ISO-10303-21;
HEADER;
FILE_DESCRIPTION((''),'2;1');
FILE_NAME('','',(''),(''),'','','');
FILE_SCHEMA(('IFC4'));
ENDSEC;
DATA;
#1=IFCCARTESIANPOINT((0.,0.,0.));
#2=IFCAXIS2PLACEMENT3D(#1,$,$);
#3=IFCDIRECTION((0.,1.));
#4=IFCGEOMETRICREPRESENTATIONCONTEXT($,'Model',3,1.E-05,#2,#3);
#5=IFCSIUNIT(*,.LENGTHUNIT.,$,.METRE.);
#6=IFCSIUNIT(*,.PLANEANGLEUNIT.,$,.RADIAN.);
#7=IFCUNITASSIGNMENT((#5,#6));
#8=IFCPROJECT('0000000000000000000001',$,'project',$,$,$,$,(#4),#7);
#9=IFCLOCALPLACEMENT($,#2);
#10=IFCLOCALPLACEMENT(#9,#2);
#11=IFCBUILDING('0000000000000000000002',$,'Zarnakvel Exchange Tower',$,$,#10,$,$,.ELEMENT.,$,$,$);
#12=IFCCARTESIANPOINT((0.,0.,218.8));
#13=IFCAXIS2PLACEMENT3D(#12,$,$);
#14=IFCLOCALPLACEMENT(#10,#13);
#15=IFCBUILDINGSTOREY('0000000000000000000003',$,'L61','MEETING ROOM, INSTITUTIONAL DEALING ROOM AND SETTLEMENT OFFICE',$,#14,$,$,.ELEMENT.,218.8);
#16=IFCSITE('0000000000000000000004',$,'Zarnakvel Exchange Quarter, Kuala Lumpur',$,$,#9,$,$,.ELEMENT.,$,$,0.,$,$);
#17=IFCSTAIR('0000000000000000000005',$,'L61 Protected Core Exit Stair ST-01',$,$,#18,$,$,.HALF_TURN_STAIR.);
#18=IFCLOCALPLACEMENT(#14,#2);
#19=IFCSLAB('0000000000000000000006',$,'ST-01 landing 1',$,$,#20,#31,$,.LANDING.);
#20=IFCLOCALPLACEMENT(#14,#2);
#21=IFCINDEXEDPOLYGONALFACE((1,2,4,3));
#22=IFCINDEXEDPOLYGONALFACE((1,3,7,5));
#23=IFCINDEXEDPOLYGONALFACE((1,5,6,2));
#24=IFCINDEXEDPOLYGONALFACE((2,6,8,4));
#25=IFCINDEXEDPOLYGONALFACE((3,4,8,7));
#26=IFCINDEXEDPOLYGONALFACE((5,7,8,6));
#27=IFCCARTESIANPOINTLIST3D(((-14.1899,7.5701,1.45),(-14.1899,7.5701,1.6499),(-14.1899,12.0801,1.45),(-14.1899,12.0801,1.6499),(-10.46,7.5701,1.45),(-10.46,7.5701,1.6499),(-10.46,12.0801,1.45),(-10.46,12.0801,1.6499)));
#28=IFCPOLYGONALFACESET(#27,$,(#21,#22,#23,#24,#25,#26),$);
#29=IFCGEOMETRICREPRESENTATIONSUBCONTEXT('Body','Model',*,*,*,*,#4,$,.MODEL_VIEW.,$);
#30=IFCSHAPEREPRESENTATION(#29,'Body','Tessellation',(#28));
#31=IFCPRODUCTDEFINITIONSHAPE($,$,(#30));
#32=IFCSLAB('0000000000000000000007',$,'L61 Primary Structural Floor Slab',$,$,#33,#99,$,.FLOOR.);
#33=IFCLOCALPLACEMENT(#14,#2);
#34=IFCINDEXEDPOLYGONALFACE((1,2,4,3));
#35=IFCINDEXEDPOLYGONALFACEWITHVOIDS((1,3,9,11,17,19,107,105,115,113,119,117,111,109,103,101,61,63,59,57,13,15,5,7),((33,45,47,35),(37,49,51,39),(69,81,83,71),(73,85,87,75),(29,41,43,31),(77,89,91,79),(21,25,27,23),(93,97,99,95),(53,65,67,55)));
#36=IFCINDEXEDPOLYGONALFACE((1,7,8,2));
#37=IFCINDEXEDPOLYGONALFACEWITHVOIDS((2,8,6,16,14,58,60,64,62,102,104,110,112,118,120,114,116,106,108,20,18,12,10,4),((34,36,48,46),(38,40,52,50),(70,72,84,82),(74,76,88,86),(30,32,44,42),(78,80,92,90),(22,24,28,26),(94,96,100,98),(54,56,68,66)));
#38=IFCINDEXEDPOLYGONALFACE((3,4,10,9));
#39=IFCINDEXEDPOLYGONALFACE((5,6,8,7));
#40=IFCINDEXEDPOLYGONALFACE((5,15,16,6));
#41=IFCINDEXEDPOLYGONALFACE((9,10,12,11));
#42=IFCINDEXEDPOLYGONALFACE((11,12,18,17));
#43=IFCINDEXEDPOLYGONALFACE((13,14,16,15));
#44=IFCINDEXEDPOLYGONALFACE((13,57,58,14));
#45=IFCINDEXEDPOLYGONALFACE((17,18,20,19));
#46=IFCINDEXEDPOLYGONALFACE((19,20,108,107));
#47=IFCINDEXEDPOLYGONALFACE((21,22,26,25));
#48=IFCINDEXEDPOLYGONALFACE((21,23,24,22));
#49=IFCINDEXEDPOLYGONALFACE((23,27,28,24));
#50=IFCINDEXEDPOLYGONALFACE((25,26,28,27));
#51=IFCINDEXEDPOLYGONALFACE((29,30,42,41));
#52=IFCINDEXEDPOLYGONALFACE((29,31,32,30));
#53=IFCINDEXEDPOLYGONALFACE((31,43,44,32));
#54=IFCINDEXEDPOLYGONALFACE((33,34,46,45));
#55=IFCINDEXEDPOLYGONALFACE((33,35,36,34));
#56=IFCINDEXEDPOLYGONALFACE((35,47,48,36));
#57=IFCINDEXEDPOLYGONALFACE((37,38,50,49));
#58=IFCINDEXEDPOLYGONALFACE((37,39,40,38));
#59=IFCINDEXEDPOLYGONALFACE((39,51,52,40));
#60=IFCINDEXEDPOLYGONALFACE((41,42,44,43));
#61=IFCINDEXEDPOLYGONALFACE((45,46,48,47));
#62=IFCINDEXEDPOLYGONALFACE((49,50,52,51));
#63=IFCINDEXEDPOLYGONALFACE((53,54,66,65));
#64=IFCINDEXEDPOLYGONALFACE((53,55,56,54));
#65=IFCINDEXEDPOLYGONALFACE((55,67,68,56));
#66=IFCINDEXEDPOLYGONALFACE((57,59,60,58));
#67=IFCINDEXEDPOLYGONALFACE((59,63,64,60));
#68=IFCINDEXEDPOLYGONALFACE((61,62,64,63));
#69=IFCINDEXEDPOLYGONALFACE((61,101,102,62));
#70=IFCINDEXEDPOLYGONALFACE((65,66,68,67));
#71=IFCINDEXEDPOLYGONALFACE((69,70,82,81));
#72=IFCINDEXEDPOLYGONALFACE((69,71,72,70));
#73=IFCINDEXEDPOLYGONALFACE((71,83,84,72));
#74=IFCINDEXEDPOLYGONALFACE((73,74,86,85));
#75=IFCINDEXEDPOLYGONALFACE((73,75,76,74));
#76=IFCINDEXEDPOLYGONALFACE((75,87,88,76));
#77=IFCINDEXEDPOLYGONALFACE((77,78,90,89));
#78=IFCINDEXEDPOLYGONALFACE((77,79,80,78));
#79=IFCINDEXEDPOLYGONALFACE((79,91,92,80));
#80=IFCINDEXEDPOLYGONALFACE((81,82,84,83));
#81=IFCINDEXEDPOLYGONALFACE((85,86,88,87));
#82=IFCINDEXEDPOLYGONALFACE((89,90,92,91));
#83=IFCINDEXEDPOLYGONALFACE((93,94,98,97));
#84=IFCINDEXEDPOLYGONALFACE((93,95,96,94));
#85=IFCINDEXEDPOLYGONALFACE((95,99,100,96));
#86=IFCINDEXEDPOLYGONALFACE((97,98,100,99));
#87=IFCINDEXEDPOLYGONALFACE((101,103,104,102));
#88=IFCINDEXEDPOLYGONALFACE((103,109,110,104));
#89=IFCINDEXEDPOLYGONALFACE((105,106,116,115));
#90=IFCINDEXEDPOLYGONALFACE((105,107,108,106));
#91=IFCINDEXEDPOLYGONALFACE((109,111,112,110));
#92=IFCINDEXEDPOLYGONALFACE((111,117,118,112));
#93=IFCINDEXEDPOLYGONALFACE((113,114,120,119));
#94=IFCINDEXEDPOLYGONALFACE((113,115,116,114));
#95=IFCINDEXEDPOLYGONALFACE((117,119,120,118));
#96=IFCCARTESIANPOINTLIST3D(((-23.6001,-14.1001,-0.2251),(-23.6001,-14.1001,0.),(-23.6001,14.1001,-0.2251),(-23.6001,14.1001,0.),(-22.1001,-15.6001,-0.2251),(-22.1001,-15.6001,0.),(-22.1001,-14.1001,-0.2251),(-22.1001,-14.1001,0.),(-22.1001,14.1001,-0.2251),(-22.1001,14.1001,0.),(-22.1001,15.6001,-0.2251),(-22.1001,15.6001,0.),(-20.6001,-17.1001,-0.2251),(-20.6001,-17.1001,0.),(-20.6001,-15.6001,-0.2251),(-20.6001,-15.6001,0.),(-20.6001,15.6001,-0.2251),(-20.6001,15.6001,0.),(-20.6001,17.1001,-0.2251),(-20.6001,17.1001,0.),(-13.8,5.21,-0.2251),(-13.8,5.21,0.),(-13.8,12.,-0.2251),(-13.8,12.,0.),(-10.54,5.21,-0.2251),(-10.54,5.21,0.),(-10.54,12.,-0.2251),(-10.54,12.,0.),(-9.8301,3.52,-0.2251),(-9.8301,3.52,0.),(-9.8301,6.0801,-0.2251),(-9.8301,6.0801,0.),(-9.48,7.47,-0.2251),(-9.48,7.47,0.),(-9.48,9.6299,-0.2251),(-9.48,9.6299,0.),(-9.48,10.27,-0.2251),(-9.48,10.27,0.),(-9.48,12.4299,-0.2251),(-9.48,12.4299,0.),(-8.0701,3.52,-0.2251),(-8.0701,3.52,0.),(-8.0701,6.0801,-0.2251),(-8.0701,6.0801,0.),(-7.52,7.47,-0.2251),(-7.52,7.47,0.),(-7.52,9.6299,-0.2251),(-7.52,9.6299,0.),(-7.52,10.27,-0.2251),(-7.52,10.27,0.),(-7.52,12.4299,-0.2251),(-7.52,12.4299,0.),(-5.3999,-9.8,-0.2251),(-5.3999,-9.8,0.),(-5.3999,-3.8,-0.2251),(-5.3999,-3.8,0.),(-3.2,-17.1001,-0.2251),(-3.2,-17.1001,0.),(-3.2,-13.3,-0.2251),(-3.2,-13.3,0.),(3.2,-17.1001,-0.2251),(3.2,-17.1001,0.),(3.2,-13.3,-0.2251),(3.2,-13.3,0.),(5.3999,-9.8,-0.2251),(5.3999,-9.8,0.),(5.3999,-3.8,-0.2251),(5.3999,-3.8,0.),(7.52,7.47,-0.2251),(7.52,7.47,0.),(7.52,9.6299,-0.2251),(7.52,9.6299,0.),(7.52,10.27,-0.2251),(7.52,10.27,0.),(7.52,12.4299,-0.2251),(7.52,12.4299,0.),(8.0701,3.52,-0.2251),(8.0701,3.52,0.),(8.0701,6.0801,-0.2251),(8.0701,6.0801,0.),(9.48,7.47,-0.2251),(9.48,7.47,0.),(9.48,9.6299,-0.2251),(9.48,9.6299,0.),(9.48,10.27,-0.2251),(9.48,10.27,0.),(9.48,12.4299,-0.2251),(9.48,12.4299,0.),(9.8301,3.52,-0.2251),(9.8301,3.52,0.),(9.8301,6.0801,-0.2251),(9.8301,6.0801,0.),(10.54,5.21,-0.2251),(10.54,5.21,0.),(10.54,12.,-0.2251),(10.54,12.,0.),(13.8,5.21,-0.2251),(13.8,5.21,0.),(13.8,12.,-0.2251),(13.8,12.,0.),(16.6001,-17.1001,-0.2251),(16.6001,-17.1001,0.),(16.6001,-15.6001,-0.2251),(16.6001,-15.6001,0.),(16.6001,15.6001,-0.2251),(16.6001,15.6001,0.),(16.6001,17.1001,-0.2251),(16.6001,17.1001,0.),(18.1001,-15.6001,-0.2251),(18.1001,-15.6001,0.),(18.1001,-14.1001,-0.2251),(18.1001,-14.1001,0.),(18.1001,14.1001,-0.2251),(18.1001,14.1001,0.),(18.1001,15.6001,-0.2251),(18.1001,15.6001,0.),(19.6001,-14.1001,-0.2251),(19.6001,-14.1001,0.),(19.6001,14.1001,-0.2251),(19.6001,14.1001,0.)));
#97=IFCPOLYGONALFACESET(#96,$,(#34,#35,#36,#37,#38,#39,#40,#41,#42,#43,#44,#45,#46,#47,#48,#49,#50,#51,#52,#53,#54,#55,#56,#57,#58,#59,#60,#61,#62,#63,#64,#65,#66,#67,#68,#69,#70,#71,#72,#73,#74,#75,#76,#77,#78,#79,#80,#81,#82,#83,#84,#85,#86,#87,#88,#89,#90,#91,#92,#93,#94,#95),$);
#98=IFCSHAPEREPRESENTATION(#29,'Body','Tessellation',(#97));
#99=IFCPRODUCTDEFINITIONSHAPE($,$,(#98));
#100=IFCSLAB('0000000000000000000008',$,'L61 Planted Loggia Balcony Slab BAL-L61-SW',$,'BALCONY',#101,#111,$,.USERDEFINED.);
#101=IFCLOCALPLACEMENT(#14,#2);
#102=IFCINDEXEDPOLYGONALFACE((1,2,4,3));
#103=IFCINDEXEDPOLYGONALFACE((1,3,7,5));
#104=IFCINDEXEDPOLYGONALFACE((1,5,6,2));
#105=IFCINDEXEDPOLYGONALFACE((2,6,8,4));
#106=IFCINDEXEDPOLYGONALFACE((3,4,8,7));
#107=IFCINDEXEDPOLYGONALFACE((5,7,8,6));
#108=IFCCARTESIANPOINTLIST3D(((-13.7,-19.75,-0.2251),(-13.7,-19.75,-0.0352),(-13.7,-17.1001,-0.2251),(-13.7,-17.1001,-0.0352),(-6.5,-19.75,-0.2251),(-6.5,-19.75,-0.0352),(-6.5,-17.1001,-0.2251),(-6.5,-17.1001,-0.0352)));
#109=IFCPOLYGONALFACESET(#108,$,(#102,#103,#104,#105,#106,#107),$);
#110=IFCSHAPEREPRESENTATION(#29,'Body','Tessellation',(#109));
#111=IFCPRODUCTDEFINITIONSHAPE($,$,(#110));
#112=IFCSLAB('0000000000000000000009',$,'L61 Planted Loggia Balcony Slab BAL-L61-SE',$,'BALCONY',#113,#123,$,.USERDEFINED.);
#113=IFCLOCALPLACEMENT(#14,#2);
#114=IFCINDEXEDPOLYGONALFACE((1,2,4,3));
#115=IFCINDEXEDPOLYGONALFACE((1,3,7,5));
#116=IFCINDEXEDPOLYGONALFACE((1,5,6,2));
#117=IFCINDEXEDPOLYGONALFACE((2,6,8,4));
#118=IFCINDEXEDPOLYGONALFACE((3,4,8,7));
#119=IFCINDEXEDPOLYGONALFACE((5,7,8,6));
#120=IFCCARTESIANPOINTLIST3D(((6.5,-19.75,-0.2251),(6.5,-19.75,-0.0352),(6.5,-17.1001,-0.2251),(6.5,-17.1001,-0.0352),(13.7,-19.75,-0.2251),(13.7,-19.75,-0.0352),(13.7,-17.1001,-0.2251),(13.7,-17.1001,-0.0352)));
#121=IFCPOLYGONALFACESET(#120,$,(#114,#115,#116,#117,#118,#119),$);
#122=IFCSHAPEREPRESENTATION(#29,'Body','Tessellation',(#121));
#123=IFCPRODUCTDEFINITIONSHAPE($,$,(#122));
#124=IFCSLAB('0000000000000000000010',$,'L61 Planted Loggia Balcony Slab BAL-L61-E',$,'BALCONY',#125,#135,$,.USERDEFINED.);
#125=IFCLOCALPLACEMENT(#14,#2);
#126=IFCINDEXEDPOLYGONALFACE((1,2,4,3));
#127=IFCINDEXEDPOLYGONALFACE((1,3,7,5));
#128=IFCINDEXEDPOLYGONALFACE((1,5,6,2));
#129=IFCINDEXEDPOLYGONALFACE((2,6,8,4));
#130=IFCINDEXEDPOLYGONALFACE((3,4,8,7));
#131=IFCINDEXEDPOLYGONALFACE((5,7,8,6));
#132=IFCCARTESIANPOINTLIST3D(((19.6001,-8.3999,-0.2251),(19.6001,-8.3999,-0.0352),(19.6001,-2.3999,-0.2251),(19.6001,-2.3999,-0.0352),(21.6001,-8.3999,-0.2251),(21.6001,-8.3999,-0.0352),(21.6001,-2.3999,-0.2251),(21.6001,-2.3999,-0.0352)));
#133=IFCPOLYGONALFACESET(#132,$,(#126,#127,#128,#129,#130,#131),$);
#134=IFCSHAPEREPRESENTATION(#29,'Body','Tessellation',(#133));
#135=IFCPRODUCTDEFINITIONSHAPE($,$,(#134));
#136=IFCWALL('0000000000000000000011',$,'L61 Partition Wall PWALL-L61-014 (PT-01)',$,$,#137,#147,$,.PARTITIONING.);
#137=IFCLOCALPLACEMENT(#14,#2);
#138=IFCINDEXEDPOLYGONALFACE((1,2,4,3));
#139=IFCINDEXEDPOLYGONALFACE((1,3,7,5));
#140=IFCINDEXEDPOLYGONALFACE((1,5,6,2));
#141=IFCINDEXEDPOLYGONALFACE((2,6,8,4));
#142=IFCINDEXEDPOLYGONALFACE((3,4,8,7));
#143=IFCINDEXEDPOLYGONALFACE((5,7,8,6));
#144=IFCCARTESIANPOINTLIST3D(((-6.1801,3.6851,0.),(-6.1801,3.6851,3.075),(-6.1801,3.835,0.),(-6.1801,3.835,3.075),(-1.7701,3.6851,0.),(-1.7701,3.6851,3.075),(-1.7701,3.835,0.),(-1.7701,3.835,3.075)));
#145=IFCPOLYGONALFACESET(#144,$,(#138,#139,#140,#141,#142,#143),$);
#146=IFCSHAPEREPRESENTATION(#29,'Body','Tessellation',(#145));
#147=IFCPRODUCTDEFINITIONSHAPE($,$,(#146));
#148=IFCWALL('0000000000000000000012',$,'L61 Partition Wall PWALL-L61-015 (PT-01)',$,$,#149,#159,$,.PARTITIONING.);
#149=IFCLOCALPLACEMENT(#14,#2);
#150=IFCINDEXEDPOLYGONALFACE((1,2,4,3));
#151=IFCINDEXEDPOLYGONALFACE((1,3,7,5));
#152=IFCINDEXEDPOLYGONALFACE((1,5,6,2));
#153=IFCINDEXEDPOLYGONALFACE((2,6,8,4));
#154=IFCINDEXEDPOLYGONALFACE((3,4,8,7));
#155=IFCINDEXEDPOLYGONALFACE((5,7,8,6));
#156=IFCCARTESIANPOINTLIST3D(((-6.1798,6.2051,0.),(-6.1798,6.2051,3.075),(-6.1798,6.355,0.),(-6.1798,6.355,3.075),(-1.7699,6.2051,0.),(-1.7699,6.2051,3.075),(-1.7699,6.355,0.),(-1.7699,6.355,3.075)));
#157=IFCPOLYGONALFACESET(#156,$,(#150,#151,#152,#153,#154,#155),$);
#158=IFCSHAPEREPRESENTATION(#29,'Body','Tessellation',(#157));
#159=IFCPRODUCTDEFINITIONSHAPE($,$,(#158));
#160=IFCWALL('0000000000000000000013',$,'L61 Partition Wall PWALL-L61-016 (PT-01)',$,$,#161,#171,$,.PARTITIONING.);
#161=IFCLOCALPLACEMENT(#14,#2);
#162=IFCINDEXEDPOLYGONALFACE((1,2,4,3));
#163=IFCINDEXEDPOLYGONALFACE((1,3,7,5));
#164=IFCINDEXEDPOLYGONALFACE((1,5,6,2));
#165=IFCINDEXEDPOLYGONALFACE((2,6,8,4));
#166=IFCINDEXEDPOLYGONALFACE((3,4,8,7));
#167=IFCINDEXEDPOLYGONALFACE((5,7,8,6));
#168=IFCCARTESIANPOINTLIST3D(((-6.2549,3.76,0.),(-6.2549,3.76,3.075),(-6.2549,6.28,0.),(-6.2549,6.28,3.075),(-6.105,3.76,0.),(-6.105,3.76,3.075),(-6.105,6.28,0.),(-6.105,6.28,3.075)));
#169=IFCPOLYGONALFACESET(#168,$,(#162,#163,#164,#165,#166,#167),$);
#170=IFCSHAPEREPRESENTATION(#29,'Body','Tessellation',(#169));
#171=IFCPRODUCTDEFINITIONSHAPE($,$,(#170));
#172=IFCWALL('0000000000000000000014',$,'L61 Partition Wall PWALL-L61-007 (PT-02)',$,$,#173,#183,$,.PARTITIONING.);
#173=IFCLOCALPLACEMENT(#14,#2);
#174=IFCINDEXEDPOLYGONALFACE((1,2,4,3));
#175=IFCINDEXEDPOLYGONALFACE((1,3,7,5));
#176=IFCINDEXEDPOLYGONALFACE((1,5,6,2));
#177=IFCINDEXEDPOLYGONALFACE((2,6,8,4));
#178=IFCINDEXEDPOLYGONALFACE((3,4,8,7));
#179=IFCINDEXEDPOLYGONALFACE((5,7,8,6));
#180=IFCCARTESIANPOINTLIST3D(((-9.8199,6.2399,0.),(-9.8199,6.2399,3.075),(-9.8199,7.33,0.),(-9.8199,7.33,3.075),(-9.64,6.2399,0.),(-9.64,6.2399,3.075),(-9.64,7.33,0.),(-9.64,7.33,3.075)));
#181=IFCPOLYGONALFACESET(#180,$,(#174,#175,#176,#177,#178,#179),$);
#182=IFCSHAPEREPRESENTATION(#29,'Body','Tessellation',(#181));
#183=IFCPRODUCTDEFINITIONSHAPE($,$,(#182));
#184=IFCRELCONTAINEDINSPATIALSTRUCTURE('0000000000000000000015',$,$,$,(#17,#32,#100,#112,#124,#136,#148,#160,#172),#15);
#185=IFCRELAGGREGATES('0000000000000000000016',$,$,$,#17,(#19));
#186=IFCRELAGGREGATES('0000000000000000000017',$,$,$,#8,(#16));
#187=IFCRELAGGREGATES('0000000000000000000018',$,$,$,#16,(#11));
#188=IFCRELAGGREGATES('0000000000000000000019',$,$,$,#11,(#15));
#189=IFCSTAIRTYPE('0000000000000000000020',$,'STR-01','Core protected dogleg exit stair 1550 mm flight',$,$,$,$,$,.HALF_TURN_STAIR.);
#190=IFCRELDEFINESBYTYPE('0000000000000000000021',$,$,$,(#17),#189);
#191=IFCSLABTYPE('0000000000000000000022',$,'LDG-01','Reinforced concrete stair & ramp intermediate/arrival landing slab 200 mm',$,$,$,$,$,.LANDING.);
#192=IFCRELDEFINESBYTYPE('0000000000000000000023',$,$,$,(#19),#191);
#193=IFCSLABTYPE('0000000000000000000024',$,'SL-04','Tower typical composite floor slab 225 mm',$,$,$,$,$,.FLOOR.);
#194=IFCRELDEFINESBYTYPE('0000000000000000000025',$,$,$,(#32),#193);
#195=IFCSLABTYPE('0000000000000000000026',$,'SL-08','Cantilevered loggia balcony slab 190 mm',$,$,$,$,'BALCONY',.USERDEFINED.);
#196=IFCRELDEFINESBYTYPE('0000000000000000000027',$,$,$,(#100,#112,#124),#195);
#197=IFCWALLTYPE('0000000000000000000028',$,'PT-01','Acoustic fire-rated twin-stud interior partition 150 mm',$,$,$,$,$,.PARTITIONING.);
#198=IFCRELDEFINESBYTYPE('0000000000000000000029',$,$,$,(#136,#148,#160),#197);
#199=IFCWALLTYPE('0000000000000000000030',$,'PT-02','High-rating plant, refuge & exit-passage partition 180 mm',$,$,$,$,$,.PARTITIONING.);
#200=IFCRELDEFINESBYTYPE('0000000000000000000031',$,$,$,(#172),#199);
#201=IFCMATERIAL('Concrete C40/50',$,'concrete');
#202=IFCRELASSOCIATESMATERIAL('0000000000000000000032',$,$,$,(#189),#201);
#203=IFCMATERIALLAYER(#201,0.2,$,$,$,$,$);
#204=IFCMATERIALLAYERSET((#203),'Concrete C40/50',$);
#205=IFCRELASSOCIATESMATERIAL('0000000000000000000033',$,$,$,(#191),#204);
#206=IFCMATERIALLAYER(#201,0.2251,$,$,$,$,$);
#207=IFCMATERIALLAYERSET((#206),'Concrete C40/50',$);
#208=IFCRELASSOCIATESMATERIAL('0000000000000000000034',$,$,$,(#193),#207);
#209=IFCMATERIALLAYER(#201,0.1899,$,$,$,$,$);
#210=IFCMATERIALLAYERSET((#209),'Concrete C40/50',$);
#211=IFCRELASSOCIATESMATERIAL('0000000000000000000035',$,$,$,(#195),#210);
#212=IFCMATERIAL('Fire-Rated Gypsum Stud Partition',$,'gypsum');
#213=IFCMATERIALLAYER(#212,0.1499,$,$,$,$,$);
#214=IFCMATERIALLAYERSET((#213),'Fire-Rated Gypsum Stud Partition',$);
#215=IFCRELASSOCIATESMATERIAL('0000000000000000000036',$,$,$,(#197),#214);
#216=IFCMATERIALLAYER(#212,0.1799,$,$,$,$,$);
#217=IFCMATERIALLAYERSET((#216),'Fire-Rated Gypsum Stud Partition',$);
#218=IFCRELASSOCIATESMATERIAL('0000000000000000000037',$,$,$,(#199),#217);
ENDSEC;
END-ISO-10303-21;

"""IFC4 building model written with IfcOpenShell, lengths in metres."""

from ifc_helpers import new_model, si_unit, direction, frame, frame_2d, origin, place, context, subcontext, project, spatial, polyline, rectangle, outline, extrude, material, layer, layer_set, type_object, element, aggregate, save


model = new_model("IFC4")

# Units and contexts
model_context = context("Model", 3, precision=1e-05, world=origin(), true_north=direction((0.0, 1.0)))
body_context = subcontext(model_context, "Body", "Model", "MODEL_VIEW")
ifc_project = project(units=[si_unit("LENGTHUNIT", "METRE"), si_unit("PLANEANGLEUNIT", "RADIAN")], contexts=[model_context])

# Site, building, storey
site_placement = place(None, origin())
site = spatial("IfcSite", under=ifc_project, at=site_placement, Name="Zarnakvel Exchange Quarter, Kuala Lumpur", CompositionType="ELEMENT", RefElevation=0.0)
building_placement = place(site_placement, origin())
building = spatial("IfcBuilding", under=site, at=building_placement, Name="Zarnakvel Exchange Tower", CompositionType="ELEMENT")
storey_placement = place(building_placement, frame((0.0, 0.0, 218.8)))
storey = spatial("IfcBuildingStorey", under=building, at=storey_placement, Name="L61", Description="MEETING ROOM, INSTITUTIONAL DEALING ROOM AND SETTLEMENT OFFICE", CompositionType="ELEMENT", Elevation=218.8)

# Stair, slab
ifc_material_1 = material(Name="Concrete C40/50", Category="concrete")
stair_type = type_object("IfcStairType", Name="STR-01", Description="Core protected dogleg exit stair 1550 mm flight", PredefinedType="HALF_TURN_STAIR", material=ifc_material_1)
stair_placement = place(storey_placement, origin())
stair = element("IfcStair", 1, at=stair_placement, inside=storey, type_object=stair_type, Name="L61 Protected Core Exit Stair ST-01", PredefinedType="HALF_TURN_STAIR")
ifc_layer_1 = layer(ifc_material_1, 0.2)
ifc_layer_set_1 = layer_set([ifc_layer_1], Name="Concrete C40/50")
slab_type_1 = type_object("IfcSlabType", Name="LDG-01", Description="Reinforced concrete stair & ramp intermediate/arrival landing slab 200 mm", PredefinedType="LANDING", material=ifc_layer_set_1)
slab_1_placement = place(storey_placement, frame((0.0, 0.0, 1.45)))
slab_1 = element("IfcSlab", 2, at=slab_1_placement, type_object=slab_type_1, Name="ST-01 landing 1", PredefinedType="LANDING", context=body_context, shape_type="SweptSolid", body=[
    extrude(outline(polyline([(-14.1899, 7.5701), (-10.46, 7.5701), (-10.46, 12.0801), (-14.1899, 12.0801), (-14.1899, 7.5701)])), origin(), (0.0, 0.0, 1.0), 0.2),
])

# Slabs
ifc_layer_2 = layer(ifc_material_1, 0.2251)
ifc_layer_set_2 = layer_set([ifc_layer_2], Name="Concrete C40/50")
slab_type_2 = type_object("IfcSlabType", Name="SL-04", Description="Tower typical composite floor slab 225 mm", PredefinedType="FLOOR", material=ifc_layer_set_2)
slab_2_placement = place(storey_placement, frame((0.0, 0.0, -0.2251)))
element("IfcSlab", 3, at=slab_2_placement, inside=storey, type_object=slab_type_2, Name="L61 Primary Structural Floor Slab", PredefinedType="FLOOR", context=body_context, shape_type="SweptSolid", body=[
    extrude(outline(polyline([(-23.6001, -14.1001), (-22.1001, -14.1001), (-22.1001, -15.6001), (-20.6001, -15.6001), (-20.6001, -17.1001), (-3.2, -17.1001), (-3.2, -13.3), (3.2, -13.3), (3.2, -17.1001), (16.6001, -17.1001), (16.6001, -15.6001), (18.1001, -15.6001), (18.1001, -14.1001), (19.6001, -14.1001), (19.6001, 14.1001), (18.1001, 14.1001), (18.1001, 15.6001), (16.6001, 15.6001), (16.6001, 17.1001), (-20.6001, 17.1001), (-20.6001, 15.6001), (-22.1001, 15.6001), (-22.1001, 14.1001), (-23.6001, 14.1001), (-23.6001, -14.1001)]), holes=[polyline([(-5.3999, -9.8), (5.3999, -9.8), (5.3999, -3.8), (-5.3999, -3.8), (-5.3999, -9.8)]), polyline([(-13.8, 5.21), (-10.54, 5.21), (-10.54, 12.0), (-13.8, 12.0), (-13.8, 5.21)]), polyline([(10.54, 5.21), (13.8, 5.21), (13.8, 12.0), (10.54, 12.0), (10.54, 5.21)]), polyline([(-9.8301, 3.52), (-8.0701, 3.52), (-8.0701, 6.0801), (-9.8301, 6.0801), (-9.8301, 3.52)]), polyline([(8.0701, 3.52), (9.8301, 3.52), (9.8301, 6.0801), (8.0701, 6.0801), (8.0701, 3.52)]), polyline([(-9.48, 7.47), (-7.52, 7.47), (-7.52, 9.6299), (-9.48, 9.6299), (-9.48, 7.47)]), polyline([(-9.48, 10.27), (-7.52, 10.27), (-7.52, 12.4299), (-9.48, 12.4299), (-9.48, 10.27)]), polyline([(7.52, 7.47), (9.48, 7.47), (9.48, 9.6299), (7.52, 9.6299), (7.52, 7.47)]), polyline([(7.52, 10.27), (9.48, 10.27), (9.48, 12.4299), (7.52, 12.4299), (7.52, 10.27)])]), origin(), (0.0, 0.0, 1.0), 0.2251),
])
ifc_layer_3 = layer(ifc_material_1, 0.1899)
ifc_layer_set_3 = layer_set([ifc_layer_3], Name="Concrete C40/50")
slab_type_3 = type_object("IfcSlabType", Name="SL-08", Description="Cantilevered loggia balcony slab 190 mm", ElementType="BALCONY", PredefinedType="USERDEFINED", material=ifc_layer_set_3)
slab_3_placement = place(storey_placement, frame((0.0, 0.0, -0.2251)))
element("IfcSlab", 4, at=slab_3_placement, inside=storey, type_object=slab_type_3, Name="L61 Planted Loggia Balcony Slab BAL-L61-SW", ObjectType="BALCONY", PredefinedType="USERDEFINED", context=body_context, shape_type="SweptSolid", body=[
    extrude(outline(polyline([(-13.7, -19.75), (-6.5, -19.75), (-6.5, -17.1001), (-13.7, -17.1001), (-13.7, -19.75)])), origin(), (0.0, 0.0, 1.0), 0.1899),
])
slab_4_placement = place(storey_placement, frame((0.0, 0.0, -0.2251)))
element("IfcSlab", 5, at=slab_4_placement, inside=storey, type_object=slab_type_3, Name="L61 Planted Loggia Balcony Slab BAL-L61-SE", ObjectType="BALCONY", PredefinedType="USERDEFINED", context=body_context, shape_type="SweptSolid", body=[
    extrude(outline(polyline([(6.5, -19.75), (13.7, -19.75), (13.7, -17.1001), (6.5, -17.1001), (6.5, -19.75)])), origin(), (0.0, 0.0, 1.0), 0.1899),
])
slab_5_placement = place(storey_placement, frame((0.0, 0.0, -0.2251)))
element("IfcSlab", 6, at=slab_5_placement, inside=storey, type_object=slab_type_3, Name="L61 Planted Loggia Balcony Slab BAL-L61-E", ObjectType="BALCONY", PredefinedType="USERDEFINED", context=body_context, shape_type="SweptSolid", body=[
    extrude(outline(polyline([(19.6001, -8.3999), (21.6001, -8.3999), (21.6001, -2.3999), (19.6001, -2.3999), (19.6001, -8.3999)])), origin(), (0.0, 0.0, 1.0), 0.1899),
])

# Walls
ifc_material_2 = material(Name="Fire-Rated Gypsum Stud Partition", Category="gypsum")
ifc_layer_4 = layer(ifc_material_2, 0.1499)
ifc_layer_set_4 = layer_set([ifc_layer_4], Name="Fire-Rated Gypsum Stud Partition")
wall_type_1 = type_object("IfcWallType", Name="PT-01", Description="Acoustic fire-rated twin-stud interior partition 150 mm", PredefinedType="PARTITIONING", material=ifc_layer_set_4)
for number, where, z_axis, x_axis, name in (
    (7, (-1.77, 3.76, 0.0), (0.0, 0.0, 1.0), (-1.0, 0.0, 0.0), "L61 Partition Wall PWALL-L61-014 (PT-01)"),
    (8, (-6.1799, 6.28, 0.0), (0.0, 0.0, 1.0), (1.0, 0.0, 0.0), "L61 Partition Wall PWALL-L61-015 (PT-01)"),
):
    element("IfcWall", number, at=place(storey_placement, frame(where, z_axis=z_axis, x_axis=x_axis)), inside=storey, type_object=wall_type_1, Name=name, PredefinedType="PARTITIONING", context=body_context, shape_type="SweptSolid", body=[
        extrude(rectangle(XDim=4.4099, YDim=0.1499, at=frame_2d((2.2051, 0.0))), origin(), (0.0, 0.0, 1.0), 3.075),
    ])
wall_1_placement = place(storey_placement, frame((-6.1799, 3.76, 0.0), z_axis=(0.0, 0.0, 1.0), x_axis=(0.0, 1.0, 0.0)))
element("IfcWall", 9, at=wall_1_placement, inside=storey, type_object=wall_type_1, Name="L61 Partition Wall PWALL-L61-016 (PT-01)", PredefinedType="PARTITIONING", context=body_context, shape_type="SweptSolid", body=[
    extrude(rectangle(XDim=2.52, YDim=0.1499, at=frame_2d((1.26, 0.0))), origin(), (0.0, 0.0, 1.0), 3.075),
])

# Wall
ifc_layer_5 = layer(ifc_material_2, 0.1799)
ifc_layer_set_5 = layer_set([ifc_layer_5], Name="Fire-Rated Gypsum Stud Partition")
wall_type_2 = type_object("IfcWallType", Name="PT-02", Description="High-rating plant, refuge & exit-passage partition 180 mm", PredefinedType="PARTITIONING", material=ifc_layer_set_5)
wall_2_placement = place(storey_placement, frame((-9.73, 6.24, 0.0), z_axis=(0.0, 0.0, 1.0), x_axis=(0.0, 1.0, 0.0)))
element("IfcWall", 10, at=wall_2_placement, inside=storey, type_object=wall_type_2, Name="L61 Partition Wall PWALL-L61-007 (PT-02)", PredefinedType="PARTITIONING", context=body_context, shape_type="SweptSolid", body=[
    extrude(rectangle(XDim=1.0901, YDim=0.1799, at=frame_2d((0.5449, 0.0))), origin(), (0.0, 0.0, 1.0), 3.075),
])

aggregate(stair, [slab_1])

save(model, "model.ifc")
